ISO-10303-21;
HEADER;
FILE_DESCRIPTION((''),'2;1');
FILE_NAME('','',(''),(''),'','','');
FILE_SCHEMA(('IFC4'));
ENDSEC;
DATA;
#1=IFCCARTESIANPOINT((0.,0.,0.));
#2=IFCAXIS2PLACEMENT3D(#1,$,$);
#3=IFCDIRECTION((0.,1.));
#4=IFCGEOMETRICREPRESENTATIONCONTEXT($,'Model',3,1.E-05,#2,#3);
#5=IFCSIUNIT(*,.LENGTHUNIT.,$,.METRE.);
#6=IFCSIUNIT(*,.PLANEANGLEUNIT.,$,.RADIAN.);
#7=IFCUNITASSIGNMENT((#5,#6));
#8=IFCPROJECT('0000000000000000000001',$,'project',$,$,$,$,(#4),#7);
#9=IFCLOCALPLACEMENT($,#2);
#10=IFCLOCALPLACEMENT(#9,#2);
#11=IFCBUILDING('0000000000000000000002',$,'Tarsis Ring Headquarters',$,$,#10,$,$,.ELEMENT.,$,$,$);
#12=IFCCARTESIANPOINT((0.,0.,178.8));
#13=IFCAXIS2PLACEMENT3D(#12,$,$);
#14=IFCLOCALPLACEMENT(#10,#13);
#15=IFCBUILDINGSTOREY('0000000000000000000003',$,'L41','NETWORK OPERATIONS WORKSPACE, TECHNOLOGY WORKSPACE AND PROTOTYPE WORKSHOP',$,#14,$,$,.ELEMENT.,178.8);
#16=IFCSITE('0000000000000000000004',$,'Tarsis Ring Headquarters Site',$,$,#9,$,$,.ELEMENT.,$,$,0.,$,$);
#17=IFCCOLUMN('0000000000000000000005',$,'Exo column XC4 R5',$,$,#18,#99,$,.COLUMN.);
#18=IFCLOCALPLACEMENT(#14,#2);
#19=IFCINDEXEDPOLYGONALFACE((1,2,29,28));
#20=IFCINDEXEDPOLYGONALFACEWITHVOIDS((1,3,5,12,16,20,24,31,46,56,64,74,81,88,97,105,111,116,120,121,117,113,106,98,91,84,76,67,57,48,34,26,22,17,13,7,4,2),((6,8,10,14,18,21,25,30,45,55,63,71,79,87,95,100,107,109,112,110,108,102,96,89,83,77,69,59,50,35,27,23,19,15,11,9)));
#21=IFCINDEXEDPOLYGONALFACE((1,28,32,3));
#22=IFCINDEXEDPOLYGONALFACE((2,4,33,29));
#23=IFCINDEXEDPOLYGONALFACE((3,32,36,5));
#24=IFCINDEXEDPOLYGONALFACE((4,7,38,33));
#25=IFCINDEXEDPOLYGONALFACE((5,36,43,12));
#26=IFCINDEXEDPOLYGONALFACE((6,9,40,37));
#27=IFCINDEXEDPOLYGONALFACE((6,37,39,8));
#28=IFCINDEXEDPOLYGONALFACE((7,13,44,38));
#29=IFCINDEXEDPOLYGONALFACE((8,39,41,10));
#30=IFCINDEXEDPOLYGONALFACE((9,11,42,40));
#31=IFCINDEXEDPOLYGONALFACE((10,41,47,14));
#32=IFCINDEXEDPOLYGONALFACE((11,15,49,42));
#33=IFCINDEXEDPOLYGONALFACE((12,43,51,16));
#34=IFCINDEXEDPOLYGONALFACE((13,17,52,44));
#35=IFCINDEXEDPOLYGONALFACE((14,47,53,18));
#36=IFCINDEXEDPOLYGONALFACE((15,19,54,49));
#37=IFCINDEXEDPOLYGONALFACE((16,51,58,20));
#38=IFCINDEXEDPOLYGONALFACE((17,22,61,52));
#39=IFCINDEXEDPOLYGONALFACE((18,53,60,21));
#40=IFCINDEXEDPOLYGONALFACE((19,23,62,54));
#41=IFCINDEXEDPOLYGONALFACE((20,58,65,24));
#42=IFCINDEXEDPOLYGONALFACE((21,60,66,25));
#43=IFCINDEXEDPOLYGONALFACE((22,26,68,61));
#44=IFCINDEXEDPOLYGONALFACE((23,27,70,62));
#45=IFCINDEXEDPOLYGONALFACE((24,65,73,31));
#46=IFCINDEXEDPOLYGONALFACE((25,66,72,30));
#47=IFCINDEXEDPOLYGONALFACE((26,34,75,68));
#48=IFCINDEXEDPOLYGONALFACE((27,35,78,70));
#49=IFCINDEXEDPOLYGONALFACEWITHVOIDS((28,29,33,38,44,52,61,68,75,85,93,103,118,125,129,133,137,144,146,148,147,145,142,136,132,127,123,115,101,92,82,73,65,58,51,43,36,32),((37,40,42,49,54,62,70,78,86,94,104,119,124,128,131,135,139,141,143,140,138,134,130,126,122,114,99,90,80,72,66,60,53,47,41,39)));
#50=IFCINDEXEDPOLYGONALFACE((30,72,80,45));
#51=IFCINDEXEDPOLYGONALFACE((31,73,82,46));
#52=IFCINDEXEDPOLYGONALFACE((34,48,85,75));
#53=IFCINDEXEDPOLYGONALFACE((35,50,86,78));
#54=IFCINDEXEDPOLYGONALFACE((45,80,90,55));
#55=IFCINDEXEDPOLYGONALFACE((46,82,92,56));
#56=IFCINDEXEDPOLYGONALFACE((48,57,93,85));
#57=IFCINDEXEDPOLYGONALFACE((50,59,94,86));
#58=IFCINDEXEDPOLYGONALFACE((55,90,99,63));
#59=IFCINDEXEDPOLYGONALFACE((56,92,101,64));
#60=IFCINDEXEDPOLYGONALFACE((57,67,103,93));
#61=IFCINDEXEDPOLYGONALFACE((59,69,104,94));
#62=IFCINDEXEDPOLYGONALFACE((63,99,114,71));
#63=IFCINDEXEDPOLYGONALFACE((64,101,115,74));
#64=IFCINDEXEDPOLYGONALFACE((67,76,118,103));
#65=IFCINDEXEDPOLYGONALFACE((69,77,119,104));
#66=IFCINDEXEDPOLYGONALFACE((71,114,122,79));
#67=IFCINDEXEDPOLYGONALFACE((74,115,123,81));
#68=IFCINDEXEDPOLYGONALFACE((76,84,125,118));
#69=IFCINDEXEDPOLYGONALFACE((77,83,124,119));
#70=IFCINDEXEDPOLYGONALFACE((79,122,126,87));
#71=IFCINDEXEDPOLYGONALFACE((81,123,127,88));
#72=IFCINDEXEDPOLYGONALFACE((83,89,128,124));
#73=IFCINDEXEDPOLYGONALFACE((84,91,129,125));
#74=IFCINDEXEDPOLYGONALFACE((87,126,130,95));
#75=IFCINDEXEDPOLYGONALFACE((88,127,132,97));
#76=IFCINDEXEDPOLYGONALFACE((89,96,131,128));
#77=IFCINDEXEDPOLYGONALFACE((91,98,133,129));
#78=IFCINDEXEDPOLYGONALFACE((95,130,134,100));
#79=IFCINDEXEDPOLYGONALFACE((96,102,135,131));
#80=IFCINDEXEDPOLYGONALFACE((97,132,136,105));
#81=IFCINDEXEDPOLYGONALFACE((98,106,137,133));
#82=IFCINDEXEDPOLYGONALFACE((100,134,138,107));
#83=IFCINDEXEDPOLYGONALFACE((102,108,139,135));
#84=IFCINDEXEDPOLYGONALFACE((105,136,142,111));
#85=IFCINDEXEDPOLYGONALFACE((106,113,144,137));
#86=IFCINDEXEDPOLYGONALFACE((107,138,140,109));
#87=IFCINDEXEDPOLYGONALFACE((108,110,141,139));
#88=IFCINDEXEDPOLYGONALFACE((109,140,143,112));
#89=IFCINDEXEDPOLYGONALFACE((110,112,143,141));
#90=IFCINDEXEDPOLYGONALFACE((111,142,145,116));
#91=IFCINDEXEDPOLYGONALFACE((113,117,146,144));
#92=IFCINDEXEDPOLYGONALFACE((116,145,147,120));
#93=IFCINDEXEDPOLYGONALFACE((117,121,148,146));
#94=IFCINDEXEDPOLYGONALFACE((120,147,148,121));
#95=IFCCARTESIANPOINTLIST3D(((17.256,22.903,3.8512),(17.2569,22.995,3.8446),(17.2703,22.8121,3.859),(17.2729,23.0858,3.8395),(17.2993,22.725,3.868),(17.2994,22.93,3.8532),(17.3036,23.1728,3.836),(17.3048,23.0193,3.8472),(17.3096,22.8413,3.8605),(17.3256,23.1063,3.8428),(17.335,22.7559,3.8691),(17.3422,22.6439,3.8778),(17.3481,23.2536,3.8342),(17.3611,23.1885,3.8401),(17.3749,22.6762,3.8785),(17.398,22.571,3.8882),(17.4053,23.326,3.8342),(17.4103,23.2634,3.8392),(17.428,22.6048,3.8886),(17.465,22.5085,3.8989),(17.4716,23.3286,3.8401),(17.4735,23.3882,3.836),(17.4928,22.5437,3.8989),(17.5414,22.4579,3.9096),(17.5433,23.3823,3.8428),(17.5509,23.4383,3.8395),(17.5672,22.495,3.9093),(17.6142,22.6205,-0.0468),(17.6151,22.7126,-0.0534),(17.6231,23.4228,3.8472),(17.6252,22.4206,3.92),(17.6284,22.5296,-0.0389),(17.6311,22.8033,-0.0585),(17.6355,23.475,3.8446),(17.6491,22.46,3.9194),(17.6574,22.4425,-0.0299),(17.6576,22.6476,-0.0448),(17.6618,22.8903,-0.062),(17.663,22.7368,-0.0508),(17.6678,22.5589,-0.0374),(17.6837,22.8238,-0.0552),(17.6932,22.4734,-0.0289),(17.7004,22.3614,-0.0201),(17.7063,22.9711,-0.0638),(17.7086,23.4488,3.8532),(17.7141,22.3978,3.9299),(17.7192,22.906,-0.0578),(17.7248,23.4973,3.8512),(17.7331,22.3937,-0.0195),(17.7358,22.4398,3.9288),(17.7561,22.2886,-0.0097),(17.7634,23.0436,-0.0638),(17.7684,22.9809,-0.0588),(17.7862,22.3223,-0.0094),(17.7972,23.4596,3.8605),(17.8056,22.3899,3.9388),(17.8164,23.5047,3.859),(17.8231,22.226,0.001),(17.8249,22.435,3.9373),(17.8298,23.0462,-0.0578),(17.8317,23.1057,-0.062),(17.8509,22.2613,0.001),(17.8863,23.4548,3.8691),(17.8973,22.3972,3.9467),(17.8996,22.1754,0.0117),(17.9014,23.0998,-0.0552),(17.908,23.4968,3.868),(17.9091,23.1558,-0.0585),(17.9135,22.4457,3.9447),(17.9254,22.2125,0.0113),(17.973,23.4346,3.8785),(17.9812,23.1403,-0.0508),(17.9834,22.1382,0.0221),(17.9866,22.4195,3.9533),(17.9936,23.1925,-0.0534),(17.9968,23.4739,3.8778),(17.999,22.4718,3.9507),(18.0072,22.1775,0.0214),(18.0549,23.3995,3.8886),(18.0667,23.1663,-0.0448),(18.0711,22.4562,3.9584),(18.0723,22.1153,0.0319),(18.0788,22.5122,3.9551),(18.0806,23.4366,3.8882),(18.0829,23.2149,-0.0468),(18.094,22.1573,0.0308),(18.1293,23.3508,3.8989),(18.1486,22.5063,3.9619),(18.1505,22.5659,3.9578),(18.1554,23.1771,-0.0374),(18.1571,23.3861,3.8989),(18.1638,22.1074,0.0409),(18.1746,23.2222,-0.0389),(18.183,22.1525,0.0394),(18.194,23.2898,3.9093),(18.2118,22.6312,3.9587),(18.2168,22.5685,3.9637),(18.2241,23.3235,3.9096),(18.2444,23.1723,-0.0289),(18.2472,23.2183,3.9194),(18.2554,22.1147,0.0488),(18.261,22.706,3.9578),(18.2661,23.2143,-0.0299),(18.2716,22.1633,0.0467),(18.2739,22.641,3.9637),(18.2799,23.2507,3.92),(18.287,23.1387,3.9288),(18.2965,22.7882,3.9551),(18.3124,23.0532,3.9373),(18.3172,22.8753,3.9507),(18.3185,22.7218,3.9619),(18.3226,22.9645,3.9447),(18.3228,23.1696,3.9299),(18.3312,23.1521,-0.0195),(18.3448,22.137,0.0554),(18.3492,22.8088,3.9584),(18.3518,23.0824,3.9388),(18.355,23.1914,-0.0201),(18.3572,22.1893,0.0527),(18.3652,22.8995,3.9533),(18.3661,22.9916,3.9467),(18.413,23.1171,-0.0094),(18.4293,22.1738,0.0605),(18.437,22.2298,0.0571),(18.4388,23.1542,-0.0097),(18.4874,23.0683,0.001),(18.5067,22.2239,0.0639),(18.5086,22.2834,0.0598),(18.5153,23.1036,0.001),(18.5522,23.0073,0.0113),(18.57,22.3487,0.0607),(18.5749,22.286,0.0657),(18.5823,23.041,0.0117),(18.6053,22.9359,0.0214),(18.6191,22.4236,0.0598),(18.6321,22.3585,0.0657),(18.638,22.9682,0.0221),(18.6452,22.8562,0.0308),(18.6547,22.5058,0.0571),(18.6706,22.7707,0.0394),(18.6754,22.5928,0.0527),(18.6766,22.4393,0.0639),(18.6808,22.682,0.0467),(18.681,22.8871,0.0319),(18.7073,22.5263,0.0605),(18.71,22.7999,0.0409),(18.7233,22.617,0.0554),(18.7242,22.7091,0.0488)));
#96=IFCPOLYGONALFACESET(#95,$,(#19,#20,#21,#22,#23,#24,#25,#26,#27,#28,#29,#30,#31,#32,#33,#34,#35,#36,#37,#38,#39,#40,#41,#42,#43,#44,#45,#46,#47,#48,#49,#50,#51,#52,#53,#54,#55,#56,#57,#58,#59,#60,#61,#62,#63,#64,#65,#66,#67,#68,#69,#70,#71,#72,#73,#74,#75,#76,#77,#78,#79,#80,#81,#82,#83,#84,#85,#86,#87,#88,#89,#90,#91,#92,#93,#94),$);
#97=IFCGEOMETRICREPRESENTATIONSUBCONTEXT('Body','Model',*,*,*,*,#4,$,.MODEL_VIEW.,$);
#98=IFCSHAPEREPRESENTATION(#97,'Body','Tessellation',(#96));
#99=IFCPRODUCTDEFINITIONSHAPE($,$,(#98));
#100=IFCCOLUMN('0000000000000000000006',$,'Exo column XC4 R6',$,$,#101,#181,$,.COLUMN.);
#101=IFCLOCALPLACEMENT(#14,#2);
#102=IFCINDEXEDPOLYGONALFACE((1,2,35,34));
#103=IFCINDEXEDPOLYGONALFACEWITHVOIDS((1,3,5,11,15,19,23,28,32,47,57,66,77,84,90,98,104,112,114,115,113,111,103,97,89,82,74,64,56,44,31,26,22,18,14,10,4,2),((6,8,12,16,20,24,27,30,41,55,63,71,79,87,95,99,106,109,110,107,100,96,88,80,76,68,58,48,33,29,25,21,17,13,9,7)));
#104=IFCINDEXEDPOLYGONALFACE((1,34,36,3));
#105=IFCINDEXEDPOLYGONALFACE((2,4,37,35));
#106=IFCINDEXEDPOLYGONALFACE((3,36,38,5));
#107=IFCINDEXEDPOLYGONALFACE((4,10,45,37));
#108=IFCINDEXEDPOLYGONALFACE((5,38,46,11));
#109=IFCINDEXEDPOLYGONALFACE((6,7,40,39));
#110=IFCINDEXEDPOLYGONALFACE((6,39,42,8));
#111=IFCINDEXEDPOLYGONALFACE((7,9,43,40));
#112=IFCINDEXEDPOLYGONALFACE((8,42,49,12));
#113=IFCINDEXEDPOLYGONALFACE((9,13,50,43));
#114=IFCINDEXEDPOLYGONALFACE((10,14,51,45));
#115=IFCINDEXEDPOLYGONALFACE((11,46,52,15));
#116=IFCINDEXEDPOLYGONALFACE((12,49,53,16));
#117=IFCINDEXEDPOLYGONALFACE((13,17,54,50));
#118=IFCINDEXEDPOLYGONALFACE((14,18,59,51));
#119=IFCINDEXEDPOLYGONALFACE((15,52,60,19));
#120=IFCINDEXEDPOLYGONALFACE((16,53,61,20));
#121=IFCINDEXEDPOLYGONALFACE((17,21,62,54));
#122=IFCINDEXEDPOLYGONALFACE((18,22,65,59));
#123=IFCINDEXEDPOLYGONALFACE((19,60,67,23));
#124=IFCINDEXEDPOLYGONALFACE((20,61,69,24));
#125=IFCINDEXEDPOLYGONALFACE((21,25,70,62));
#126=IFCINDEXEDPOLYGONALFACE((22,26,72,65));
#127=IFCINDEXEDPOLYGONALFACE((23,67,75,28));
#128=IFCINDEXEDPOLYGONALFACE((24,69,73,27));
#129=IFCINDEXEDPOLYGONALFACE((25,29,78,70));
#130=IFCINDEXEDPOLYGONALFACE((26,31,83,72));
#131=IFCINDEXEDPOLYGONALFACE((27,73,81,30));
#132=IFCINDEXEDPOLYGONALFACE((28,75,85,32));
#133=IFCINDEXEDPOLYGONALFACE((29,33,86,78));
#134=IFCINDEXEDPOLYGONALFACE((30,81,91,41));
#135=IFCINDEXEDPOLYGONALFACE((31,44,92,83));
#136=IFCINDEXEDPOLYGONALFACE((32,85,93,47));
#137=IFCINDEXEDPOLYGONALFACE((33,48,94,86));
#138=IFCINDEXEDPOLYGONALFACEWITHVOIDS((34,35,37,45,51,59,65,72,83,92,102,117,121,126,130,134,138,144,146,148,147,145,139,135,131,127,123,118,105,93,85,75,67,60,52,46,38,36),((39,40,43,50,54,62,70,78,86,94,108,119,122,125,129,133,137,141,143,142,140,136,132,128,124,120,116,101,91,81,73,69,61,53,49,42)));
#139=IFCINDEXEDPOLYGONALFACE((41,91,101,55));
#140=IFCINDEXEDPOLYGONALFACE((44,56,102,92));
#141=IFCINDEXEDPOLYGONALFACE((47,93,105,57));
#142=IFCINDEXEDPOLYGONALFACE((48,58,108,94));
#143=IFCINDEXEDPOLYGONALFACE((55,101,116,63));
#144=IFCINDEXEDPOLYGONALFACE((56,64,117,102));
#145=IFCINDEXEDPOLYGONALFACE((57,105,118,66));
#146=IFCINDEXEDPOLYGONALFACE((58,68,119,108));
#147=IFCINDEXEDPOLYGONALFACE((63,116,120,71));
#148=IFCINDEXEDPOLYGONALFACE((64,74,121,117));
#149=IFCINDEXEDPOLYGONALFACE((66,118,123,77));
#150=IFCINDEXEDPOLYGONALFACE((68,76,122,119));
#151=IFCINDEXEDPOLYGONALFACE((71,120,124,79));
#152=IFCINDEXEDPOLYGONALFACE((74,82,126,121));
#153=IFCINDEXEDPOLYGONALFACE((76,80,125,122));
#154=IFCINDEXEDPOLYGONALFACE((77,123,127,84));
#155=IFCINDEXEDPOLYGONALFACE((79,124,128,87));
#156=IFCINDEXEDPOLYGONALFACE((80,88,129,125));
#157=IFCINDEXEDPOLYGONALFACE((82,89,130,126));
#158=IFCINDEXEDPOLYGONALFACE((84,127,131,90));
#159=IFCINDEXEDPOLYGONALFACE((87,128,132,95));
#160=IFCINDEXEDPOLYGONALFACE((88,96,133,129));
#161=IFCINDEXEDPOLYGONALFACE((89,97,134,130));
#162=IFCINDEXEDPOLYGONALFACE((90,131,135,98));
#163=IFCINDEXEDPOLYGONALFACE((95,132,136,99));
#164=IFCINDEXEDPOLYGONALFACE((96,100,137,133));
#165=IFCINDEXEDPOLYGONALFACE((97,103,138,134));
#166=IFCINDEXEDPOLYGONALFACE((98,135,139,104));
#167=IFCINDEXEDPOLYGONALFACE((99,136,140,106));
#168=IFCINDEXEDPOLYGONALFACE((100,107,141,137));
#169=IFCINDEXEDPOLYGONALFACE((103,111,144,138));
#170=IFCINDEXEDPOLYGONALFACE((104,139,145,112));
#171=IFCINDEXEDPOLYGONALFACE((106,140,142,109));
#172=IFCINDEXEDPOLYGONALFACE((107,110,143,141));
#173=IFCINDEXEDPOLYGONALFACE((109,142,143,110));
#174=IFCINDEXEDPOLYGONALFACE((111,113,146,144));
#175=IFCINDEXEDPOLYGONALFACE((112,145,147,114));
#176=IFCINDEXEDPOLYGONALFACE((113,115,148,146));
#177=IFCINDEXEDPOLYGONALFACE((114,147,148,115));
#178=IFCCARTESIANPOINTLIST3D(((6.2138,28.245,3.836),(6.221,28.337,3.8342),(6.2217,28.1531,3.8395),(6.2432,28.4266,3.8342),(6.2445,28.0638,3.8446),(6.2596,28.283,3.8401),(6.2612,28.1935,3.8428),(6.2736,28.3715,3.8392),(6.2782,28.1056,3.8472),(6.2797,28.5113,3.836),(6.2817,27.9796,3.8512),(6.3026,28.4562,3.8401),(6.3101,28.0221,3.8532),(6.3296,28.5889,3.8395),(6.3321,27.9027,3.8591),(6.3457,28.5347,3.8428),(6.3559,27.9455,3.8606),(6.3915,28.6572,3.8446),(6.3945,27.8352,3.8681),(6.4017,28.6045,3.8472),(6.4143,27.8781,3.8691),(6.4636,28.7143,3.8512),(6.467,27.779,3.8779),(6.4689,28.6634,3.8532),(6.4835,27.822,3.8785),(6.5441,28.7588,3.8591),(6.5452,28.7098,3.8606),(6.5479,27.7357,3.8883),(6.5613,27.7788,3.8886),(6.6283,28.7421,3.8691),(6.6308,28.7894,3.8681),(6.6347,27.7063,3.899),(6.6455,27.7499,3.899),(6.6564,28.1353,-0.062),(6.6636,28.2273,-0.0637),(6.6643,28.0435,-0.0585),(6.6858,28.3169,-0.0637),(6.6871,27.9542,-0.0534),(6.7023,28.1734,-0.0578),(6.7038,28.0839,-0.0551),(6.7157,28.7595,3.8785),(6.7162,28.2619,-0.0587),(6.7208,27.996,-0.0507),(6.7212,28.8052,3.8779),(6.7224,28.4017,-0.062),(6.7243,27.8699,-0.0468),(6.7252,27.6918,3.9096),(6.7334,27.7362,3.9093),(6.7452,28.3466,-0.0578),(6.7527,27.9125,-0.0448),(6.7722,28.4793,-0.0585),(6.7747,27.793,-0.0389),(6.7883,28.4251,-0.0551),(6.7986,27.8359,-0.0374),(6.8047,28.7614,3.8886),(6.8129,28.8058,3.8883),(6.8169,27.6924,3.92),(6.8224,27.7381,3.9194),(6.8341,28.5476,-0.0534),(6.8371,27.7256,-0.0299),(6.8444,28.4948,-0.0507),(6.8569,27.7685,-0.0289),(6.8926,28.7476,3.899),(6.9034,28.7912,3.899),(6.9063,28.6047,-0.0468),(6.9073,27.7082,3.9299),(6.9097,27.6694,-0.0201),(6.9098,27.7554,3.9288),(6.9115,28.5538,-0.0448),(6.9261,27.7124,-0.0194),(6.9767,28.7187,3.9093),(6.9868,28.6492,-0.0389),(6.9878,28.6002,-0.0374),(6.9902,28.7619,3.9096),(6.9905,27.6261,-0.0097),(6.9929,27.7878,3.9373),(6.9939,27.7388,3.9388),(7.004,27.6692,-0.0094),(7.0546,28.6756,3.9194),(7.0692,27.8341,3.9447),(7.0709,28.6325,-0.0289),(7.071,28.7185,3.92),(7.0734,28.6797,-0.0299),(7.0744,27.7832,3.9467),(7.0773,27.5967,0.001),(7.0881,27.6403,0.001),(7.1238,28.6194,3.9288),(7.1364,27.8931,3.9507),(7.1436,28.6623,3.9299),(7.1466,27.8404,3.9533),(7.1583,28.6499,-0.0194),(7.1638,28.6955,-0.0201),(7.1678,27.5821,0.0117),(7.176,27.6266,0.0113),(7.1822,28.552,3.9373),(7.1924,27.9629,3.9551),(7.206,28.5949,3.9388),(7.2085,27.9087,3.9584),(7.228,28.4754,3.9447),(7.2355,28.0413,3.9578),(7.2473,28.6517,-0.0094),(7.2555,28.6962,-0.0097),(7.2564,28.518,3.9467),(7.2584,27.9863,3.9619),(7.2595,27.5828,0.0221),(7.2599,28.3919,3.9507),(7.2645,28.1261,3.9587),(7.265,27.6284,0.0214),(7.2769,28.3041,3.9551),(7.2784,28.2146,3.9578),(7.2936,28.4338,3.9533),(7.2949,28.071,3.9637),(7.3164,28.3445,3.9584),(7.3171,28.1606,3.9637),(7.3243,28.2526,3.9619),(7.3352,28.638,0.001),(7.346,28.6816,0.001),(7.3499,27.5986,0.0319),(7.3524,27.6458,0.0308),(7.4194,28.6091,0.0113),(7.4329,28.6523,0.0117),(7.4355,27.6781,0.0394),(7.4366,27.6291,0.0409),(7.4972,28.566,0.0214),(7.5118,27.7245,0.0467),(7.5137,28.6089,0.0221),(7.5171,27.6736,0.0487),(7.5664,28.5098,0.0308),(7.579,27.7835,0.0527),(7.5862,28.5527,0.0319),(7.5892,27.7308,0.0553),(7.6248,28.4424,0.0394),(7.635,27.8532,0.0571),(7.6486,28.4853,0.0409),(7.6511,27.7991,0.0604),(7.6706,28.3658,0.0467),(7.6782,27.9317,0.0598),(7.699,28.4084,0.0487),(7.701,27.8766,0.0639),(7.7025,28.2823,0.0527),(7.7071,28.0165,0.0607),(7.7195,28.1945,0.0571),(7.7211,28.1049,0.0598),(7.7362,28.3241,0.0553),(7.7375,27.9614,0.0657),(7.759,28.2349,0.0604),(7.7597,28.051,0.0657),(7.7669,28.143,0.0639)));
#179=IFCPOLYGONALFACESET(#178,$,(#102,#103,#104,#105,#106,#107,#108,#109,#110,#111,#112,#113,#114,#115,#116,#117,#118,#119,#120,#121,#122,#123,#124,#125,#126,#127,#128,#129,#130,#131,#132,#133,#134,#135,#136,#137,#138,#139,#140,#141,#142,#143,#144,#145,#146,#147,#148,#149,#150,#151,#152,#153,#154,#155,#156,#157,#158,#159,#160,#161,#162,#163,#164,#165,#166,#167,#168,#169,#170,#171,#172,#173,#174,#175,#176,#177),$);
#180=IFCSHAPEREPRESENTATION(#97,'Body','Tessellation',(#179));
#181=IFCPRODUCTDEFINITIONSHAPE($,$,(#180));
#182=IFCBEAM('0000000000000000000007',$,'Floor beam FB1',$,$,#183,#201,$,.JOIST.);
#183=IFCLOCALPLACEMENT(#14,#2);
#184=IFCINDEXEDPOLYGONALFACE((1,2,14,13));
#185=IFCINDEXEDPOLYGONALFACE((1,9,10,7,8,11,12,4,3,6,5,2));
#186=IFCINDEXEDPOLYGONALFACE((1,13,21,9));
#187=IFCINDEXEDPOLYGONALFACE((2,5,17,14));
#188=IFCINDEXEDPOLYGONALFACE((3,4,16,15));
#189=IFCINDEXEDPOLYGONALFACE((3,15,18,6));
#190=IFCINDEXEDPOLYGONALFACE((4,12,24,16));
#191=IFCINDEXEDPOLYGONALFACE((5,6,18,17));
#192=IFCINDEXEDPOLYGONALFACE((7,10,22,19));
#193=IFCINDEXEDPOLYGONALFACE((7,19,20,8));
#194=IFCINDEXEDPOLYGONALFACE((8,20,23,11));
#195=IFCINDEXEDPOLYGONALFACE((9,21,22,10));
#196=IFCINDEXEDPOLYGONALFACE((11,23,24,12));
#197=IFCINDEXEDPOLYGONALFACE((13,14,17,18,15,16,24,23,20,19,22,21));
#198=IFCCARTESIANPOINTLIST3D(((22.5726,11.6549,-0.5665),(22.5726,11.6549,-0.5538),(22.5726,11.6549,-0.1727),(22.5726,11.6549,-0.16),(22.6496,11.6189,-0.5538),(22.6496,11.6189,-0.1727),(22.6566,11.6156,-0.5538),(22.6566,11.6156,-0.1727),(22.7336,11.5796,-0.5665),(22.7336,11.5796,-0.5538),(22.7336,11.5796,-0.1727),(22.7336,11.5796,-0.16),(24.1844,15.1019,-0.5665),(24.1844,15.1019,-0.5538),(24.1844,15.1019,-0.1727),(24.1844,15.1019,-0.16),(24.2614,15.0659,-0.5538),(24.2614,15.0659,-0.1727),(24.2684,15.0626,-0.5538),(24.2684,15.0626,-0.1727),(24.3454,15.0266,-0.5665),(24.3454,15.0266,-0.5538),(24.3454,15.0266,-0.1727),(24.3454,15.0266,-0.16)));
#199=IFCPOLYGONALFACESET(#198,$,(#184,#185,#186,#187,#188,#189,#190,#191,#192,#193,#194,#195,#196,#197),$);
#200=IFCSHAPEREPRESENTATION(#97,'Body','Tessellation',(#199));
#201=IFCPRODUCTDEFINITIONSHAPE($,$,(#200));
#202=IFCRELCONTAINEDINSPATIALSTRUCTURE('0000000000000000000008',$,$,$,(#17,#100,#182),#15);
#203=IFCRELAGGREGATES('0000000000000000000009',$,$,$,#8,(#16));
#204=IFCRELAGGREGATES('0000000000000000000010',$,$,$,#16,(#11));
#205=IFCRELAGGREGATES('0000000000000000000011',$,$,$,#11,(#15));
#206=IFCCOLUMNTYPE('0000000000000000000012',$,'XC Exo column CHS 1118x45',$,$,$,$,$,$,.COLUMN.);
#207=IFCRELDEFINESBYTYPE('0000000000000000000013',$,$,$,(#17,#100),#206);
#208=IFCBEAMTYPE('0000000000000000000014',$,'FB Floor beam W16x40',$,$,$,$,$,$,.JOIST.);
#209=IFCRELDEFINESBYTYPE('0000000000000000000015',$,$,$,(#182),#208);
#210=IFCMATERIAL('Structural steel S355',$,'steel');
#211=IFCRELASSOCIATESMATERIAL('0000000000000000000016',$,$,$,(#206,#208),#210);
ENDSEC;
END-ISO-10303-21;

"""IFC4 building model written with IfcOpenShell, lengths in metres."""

from ifc_helpers import new_model, si_unit, direction, frame, origin, origin_2d, place, context, subcontext, project, spatial, hollow_circle, i_section, extrude, material, material_profile, profile_set, type_object, element, save


model = new_model("IFC4")

# Units and contexts
model_context = context("Model", 3, precision=1e-05, world=origin(), true_north=direction((0.0, 1.0)))
body_context = subcontext(model_context, "Body", "Model", "MODEL_VIEW")
ifc_project = project(units=[si_unit("LENGTHUNIT", "METRE"), si_unit("PLANEANGLEUNIT", "RADIAN")], contexts=[model_context])

# Site, building, storey
site_placement = place(None, origin())
site = spatial("IfcSite", under=ifc_project, at=site_placement, Name="Tarsis Ring Headquarters Site", CompositionType="ELEMENT", RefElevation=0.0)
building_placement = place(site_placement, origin())
building = spatial("IfcBuilding", under=site, at=building_placement, Name="Tarsis Ring Headquarters", CompositionType="ELEMENT")
storey_placement = place(building_placement, frame((0.0, 0.0, 178.8)))
storey = spatial("IfcBuildingStorey", under=building, at=storey_placement, Name="L41", Description="NETWORK OPERATIONS WORKSPACE, TECHNOLOGY WORKSPACE AND PROTOTYPE WORKSHOP", CompositionType="ELEMENT", Elevation=178.8)

# Columns
ifc_material_1 = material(Name="Structural steel S355", Category="steel")
ifc_material_profile_1 = material_profile(ifc_material_1, hollow_circle(Radius=0.5588, WallThickness=0.0449, at=origin_2d()), Name="CHS 1118x45")
ifc_profile_set_1 = profile_set([ifc_material_profile_1], Name="Structural steel S355")
column_type = type_object("IfcColumnType", Name="XC Exo column CHS 1118x45", PredefinedType="COLUMN", material=ifc_profile_set_1)
for number, where, z_axis, x_axis, name in (
    (1, (18.1692, 22.6648, 0.001), (-0.09126, 0.071975, 0.993223), (-0.619262, -0.785184, 0.0), "Exo column XC4 R5"),
    (2, (7.2117, 28.1392, 0.001), (-0.112785, 0.027932, 0.993227), (-0.240393, -0.970676, 0.0), "Exo column XC4 R6"),
):
    element("IfcColumn", number, at=place(storey_placement, frame(where, z_axis=z_axis, x_axis=x_axis)), inside=storey, type_object=column_type, Name=name, PredefinedType="COLUMN", context=body_context, shape_type="SweptSolid", body=[
        extrude(hollow_circle(Radius=0.5588, WallThickness=0.0449, at=origin_2d()), origin(), (0.0, 0.0, 1.0), 3.9246),
    ])

# Beam
ifc_material_profile_2 = material_profile(ifc_material_1, i_section(OverallWidth=0.1777, OverallDepth=0.4065, WebThickness=0.0078, FlangeThickness=0.0127, at=origin_2d()), Name="W16x40")
ifc_profile_set_2 = profile_set([ifc_material_profile_2], Name="Structural steel S355")
beam_type_1 = type_object("IfcBeamType", Name="FB Floor beam W16x40", PredefinedType="JOIST", material=ifc_profile_set_2)
beam_1_placement = place(storey_placement, frame((24.2649, 15.0642, -0.3633), z_axis=(-0.423577, -0.90586, 0.0), x_axis=(0.90586, -0.423577, 0.0)))
element("IfcBeam", 3, at=beam_1_placement, inside=storey, type_object=beam_type_1, Name="Floor beam FB1", PredefinedType="JOIST", context=body_context, shape_type="SweptSolid", body=[
    extrude(i_section(OverallWidth=0.1777, OverallDepth=0.4065, WebThickness=0.0078, FlangeThickness=0.0127, at=origin_2d()), origin(), (0.0, 0.0, 1.0), 3.8052),
])

save(model, "model.ifc")
